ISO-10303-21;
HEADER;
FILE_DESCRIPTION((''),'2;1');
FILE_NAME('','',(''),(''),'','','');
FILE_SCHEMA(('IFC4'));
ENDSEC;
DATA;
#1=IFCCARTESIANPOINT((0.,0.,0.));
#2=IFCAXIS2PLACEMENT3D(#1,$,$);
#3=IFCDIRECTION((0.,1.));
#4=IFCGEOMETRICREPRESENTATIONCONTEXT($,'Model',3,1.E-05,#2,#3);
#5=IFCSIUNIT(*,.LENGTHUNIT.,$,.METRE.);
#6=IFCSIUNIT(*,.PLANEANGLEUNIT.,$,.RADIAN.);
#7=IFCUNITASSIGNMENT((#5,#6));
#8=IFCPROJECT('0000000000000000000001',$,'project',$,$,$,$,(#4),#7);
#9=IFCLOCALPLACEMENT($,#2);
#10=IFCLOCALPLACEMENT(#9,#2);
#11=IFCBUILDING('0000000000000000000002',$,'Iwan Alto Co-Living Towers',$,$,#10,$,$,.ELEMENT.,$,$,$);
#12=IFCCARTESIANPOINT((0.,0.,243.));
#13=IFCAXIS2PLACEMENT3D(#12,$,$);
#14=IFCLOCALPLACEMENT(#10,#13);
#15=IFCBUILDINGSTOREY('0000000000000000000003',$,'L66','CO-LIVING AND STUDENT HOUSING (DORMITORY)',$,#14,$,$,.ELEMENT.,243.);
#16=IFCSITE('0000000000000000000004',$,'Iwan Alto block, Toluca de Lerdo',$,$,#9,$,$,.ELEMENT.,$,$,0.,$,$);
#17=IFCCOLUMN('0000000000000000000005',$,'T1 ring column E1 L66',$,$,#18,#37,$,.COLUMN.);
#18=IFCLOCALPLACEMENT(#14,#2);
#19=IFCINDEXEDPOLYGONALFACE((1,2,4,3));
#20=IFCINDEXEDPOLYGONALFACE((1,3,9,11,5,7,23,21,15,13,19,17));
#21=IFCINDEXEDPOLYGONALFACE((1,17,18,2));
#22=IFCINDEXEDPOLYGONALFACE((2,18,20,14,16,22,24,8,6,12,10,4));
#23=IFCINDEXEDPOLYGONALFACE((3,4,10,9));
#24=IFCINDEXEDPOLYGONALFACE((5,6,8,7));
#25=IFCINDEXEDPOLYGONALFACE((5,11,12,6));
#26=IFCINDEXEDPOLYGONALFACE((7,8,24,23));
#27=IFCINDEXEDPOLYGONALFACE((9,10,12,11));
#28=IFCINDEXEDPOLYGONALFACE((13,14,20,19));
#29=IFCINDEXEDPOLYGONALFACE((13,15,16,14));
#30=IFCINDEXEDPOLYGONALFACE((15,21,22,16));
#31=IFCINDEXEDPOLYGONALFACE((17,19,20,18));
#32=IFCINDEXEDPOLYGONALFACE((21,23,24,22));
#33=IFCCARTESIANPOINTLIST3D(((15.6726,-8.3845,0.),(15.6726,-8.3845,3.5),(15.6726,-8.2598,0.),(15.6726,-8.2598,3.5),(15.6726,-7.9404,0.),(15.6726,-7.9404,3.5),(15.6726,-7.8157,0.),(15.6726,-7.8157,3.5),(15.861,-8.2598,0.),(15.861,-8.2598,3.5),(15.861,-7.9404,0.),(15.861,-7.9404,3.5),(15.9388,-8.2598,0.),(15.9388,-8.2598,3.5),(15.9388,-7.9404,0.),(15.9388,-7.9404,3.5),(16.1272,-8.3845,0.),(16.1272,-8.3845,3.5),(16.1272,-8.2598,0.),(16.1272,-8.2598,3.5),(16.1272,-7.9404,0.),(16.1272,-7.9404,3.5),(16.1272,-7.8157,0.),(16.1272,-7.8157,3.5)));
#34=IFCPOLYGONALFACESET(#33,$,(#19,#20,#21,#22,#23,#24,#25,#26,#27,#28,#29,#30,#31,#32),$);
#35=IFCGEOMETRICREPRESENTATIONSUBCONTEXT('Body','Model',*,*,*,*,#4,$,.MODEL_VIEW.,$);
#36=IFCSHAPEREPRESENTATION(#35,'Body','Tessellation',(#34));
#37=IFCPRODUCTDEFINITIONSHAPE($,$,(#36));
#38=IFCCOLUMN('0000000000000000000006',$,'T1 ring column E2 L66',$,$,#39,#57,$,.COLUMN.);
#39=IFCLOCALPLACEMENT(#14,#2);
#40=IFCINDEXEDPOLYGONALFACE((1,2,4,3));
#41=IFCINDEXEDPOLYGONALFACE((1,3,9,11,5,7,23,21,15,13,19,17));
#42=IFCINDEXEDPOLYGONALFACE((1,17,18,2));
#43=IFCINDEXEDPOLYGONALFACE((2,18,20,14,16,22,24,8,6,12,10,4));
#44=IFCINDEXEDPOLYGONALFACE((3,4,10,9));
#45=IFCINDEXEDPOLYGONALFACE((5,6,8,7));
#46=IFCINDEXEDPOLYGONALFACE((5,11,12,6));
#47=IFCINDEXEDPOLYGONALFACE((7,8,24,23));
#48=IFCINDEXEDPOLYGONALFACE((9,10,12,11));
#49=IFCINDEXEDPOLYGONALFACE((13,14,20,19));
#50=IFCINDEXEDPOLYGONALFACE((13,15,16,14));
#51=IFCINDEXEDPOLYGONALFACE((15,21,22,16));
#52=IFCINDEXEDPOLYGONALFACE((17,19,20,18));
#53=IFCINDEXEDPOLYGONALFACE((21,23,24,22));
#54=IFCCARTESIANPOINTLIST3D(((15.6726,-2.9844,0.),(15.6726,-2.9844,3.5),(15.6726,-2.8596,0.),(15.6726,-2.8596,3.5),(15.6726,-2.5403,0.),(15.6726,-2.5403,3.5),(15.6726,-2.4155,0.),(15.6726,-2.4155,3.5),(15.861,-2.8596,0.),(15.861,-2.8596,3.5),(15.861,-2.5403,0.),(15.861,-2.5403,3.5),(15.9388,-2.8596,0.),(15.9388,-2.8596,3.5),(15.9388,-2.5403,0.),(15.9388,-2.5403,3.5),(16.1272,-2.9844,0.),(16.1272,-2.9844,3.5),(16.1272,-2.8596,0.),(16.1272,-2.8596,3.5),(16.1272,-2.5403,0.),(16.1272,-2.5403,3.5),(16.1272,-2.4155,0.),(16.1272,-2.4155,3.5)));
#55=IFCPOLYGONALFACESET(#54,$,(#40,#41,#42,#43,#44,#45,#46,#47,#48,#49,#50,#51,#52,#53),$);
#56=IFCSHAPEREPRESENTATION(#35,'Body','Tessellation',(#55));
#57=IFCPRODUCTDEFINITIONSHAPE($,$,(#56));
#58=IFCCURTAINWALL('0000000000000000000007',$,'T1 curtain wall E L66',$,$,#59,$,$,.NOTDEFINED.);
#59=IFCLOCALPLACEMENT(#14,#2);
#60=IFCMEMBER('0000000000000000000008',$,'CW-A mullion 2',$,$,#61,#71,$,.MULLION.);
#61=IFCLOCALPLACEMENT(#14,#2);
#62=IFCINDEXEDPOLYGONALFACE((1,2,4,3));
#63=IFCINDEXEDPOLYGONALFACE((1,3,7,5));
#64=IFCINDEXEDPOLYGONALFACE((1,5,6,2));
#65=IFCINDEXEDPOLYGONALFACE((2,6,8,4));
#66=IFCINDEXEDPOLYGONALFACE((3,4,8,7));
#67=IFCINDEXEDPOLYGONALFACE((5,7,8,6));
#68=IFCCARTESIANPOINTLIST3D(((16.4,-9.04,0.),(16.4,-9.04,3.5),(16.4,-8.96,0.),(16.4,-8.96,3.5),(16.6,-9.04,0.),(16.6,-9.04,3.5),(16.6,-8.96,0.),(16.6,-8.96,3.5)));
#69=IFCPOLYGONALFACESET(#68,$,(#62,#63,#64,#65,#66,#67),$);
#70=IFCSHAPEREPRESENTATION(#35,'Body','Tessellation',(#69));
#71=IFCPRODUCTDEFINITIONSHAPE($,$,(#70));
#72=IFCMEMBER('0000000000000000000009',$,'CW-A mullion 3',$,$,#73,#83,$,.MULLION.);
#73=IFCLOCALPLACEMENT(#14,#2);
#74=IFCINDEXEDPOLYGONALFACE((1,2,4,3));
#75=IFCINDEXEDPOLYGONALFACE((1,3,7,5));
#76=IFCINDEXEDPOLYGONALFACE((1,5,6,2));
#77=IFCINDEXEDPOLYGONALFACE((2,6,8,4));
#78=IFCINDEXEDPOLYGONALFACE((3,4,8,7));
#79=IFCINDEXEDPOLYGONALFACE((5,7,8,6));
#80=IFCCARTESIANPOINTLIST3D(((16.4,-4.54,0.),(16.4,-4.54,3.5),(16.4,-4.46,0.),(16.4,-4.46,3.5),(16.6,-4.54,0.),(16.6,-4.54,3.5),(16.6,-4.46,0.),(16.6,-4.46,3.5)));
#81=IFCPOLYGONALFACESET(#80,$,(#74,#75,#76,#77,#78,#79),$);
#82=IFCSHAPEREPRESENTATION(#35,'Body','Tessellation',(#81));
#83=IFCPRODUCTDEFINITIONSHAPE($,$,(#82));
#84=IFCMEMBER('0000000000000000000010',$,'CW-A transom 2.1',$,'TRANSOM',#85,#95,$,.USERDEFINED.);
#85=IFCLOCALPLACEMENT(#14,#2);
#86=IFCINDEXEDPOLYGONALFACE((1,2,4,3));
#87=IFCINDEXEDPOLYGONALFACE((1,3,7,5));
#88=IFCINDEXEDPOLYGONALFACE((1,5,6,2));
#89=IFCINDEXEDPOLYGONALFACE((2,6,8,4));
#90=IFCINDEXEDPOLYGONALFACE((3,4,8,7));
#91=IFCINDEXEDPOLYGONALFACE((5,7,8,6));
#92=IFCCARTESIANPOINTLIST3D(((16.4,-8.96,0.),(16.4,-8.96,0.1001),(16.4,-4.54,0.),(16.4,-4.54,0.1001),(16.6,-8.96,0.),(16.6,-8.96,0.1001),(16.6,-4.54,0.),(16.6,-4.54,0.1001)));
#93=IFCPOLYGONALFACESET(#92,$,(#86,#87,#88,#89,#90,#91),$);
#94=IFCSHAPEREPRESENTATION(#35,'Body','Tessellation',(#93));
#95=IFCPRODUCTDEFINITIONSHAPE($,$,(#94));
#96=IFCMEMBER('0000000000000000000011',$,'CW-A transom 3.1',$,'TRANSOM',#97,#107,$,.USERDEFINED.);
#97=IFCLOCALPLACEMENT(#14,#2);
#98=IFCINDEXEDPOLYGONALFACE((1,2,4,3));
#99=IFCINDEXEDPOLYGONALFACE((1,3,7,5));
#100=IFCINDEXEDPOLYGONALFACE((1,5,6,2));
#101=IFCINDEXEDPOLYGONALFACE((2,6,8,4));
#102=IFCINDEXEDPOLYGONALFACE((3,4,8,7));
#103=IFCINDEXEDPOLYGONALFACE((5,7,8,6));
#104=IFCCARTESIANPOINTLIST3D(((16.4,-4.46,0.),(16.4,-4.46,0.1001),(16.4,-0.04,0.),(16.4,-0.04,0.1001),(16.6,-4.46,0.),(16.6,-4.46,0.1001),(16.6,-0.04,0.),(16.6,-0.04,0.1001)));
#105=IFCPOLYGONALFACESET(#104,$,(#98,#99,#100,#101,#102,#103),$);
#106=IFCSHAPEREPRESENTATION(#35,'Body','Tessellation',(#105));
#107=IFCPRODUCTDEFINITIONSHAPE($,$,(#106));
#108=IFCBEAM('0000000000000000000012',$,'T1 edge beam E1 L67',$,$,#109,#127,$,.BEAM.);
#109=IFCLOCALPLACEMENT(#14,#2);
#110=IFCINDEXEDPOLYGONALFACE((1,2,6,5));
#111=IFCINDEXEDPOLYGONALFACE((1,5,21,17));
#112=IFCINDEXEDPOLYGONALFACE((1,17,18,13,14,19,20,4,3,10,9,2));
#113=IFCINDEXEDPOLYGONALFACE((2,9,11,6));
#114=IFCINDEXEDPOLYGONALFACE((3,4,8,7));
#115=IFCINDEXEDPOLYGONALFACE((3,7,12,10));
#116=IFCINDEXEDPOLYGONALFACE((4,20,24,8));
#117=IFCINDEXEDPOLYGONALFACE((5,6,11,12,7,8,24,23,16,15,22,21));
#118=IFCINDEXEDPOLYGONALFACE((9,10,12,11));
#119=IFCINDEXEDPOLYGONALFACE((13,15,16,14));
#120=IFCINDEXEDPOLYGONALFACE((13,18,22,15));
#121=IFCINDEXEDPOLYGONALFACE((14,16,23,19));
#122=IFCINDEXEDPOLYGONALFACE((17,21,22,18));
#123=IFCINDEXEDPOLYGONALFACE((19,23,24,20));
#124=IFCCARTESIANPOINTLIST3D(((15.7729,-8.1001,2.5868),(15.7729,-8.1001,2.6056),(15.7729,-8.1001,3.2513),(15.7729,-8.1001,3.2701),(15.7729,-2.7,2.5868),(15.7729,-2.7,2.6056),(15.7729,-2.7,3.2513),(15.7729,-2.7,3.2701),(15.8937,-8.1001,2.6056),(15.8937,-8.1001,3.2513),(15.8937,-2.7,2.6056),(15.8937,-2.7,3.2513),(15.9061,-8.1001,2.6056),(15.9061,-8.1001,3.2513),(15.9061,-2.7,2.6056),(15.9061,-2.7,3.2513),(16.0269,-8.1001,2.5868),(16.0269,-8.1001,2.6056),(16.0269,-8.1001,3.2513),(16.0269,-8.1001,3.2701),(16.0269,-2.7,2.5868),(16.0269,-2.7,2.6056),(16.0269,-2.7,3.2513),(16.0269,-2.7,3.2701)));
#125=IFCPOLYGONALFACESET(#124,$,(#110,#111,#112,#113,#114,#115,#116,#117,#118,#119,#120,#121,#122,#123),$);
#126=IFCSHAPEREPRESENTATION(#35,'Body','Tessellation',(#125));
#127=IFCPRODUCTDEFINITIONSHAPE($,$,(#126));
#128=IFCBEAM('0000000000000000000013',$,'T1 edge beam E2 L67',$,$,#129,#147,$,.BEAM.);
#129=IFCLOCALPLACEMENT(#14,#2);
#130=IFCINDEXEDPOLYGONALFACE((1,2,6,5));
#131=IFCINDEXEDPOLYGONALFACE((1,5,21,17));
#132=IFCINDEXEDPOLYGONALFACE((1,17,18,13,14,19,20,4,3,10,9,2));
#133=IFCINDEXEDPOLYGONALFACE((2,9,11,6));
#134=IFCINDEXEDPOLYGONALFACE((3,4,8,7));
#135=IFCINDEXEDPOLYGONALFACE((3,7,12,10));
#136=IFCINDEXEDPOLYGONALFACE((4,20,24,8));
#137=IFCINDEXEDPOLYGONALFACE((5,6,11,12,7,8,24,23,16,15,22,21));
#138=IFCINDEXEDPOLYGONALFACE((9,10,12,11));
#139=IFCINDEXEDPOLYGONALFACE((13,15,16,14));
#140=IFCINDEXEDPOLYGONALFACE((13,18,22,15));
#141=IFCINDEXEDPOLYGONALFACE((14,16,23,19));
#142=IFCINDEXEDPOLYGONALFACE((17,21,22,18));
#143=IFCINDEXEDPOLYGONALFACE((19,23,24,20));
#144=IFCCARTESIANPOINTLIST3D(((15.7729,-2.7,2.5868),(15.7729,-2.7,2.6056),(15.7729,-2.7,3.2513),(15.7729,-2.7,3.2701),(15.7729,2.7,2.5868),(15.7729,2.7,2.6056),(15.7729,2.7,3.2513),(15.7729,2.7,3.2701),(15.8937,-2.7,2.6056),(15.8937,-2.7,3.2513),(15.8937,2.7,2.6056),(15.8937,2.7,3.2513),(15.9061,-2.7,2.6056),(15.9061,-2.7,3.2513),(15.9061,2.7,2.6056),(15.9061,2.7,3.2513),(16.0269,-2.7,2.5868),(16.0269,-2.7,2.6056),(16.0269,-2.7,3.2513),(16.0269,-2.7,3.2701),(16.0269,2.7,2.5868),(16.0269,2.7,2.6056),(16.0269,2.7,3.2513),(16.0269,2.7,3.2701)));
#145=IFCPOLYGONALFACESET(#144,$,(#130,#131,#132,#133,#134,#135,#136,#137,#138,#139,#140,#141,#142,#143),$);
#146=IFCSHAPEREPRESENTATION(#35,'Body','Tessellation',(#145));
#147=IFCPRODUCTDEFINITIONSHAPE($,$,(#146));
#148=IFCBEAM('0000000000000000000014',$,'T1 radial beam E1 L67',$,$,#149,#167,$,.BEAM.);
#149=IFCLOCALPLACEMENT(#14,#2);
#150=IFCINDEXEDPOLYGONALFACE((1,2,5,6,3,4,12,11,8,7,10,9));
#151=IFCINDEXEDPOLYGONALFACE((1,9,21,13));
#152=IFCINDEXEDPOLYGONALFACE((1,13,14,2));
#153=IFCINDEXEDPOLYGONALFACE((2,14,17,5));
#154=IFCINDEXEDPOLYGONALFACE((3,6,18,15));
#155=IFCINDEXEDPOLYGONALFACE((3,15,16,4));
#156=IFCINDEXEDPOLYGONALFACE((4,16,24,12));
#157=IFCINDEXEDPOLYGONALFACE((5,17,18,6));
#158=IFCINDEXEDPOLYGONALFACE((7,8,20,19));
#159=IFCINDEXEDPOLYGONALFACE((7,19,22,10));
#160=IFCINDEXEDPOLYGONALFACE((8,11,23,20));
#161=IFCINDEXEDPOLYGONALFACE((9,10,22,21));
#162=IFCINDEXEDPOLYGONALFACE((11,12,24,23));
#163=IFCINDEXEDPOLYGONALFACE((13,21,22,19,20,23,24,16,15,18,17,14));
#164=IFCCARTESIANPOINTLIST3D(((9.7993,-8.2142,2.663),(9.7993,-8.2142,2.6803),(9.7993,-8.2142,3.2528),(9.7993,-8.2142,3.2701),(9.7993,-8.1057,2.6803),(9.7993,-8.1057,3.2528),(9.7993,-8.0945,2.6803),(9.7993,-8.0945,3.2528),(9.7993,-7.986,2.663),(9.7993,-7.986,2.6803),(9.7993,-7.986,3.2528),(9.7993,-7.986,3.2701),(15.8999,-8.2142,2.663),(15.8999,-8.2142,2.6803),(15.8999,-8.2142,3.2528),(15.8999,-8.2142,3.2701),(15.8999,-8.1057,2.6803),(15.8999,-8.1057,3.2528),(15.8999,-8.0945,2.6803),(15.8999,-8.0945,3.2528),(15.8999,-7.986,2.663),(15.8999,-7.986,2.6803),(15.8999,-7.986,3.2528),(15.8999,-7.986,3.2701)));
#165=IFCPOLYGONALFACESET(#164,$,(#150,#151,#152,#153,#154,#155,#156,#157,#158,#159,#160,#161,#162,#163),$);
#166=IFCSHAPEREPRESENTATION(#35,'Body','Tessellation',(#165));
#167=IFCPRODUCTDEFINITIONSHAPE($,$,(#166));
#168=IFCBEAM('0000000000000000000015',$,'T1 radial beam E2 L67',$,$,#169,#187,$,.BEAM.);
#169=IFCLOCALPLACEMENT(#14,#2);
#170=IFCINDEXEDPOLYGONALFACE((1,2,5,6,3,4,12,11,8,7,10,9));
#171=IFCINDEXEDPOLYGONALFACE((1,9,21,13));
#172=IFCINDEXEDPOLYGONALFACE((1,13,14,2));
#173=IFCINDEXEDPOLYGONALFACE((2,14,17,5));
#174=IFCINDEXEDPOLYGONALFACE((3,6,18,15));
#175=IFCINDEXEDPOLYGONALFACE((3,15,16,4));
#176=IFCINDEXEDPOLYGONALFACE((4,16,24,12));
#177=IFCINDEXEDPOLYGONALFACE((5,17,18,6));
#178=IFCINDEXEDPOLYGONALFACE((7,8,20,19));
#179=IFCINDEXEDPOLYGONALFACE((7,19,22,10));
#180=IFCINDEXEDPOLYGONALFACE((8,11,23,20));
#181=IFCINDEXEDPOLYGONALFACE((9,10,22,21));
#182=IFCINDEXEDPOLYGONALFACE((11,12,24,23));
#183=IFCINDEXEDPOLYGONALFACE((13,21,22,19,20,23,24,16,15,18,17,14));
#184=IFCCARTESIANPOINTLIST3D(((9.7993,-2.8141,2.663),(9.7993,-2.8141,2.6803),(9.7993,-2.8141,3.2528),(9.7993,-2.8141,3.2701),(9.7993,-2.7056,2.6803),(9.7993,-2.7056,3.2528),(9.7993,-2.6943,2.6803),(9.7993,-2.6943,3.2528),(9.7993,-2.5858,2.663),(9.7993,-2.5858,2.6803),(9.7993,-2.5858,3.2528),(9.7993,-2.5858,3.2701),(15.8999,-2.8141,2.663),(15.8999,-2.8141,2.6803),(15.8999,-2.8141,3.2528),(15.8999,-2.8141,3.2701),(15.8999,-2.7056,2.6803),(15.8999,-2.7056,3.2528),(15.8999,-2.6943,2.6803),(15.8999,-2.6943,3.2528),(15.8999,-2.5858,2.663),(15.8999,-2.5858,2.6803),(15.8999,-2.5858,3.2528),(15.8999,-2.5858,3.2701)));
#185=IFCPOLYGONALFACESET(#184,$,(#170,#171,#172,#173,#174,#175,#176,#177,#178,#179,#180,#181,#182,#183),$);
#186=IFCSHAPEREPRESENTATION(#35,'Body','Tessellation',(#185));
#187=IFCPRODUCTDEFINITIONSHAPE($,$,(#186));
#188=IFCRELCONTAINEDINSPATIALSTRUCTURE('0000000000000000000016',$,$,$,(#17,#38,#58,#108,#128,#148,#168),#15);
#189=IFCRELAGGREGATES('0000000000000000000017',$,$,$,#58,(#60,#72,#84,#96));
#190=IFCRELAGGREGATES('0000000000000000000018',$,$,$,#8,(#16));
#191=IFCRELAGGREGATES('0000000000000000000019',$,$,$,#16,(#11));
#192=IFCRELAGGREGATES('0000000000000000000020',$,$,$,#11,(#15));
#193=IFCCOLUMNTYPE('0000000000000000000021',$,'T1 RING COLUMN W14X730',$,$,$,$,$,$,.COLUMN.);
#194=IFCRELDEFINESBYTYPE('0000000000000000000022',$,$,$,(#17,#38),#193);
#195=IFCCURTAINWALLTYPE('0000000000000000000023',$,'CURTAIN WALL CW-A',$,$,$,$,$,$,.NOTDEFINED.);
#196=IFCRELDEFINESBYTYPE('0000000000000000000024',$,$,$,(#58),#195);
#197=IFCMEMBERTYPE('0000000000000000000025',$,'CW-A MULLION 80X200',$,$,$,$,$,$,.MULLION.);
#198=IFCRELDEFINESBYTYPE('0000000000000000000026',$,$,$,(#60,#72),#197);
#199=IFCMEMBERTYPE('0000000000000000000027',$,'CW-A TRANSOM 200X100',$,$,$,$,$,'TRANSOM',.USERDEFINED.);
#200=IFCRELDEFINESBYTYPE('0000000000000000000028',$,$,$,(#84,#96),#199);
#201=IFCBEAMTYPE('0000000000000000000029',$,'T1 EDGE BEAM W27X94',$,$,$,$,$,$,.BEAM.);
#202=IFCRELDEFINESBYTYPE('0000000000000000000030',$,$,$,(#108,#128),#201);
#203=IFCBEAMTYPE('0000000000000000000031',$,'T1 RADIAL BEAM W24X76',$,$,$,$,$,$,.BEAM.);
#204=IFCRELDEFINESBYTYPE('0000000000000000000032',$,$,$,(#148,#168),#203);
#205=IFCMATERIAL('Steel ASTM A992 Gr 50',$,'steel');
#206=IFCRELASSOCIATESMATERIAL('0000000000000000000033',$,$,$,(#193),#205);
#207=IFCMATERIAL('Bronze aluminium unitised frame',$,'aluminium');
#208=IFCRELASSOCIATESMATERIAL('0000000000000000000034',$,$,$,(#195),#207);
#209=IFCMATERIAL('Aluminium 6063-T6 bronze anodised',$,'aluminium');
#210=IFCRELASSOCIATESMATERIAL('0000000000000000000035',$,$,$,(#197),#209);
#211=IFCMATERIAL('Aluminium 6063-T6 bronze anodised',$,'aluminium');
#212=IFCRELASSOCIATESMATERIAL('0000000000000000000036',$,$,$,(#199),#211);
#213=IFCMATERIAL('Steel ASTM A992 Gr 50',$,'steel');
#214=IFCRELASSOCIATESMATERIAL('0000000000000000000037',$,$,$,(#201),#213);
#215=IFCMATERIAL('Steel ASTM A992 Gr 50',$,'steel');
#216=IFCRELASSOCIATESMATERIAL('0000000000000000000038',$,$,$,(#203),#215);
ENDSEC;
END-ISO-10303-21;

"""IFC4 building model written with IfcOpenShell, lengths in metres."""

from ifc_helpers import new_model, si_unit, direction, frame, origin, origin_2d, place, context, subcontext, project, spatial, rectangle, i_section, extrude, material, material_profile, profile_set, type_object, element, aggregate, save


model = new_model("IFC4")

# Units and contexts
model_context = context("Model", 3, precision=1e-05, world=origin(), true_north=direction((0.0, 1.0)))
body_context = subcontext(model_context, "Body", "Model", "MODEL_VIEW")
ifc_project = project(units=[si_unit("LENGTHUNIT", "METRE"), si_unit("PLANEANGLEUNIT", "RADIAN")], contexts=[model_context])

# Site, building, storey
site_placement = place(None, origin())
site = spatial("IfcSite", under=ifc_project, at=site_placement, Name="Iwan Alto block, Toluca de Lerdo", CompositionType="ELEMENT", RefElevation=0.0)
building_placement = place(site_placement, origin())
building = spatial("IfcBuilding", under=site, at=building_placement, Name="Iwan Alto Co-Living Towers", CompositionType="ELEMENT")
storey_placement = place(building_placement, frame((0.0, 0.0, 243.0)))
storey = spatial("IfcBuildingStorey", under=building, at=storey_placement, Name="L66", Description="CO-LIVING AND STUDENT HOUSING (DORMITORY)", CompositionType="ELEMENT", Elevation=243.0)

# Columns
ifc_material_1 = material(Name="Steel ASTM A992 Gr 50", Category="steel")
ifc_material_profile_1 = material_profile(ifc_material_1, i_section(OverallWidth=0.4546, OverallDepth=0.5688, WebThickness=0.0779, FlangeThickness=0.1248, at=origin_2d()), Name="W14X730")
ifc_profile_set_1 = profile_set([ifc_material_profile_1], Name="Steel ASTM A992 Gr 50")
column_type = type_object("IfcColumnType", Name="T1 RING COLUMN W14X730", PredefinedType="COLUMN", material=ifc_profile_set_1)
for number, where, z_axis, x_axis, name in (
    (1, (15.8999, -8.1001, 0.0), (0.0, 0.0, 1.0), (1.0, 0.0, 0.0), "T1 ring column E1 L66"),
    (2, (15.8999, -2.7, 0.0), (0.0, 0.0, 1.0), (1.0, 0.0, 0.0), "T1 ring column E2 L66"),
):
    element("IfcColumn", number, at=place(storey_placement, frame(where, z_axis=z_axis, x_axis=x_axis)), inside=storey, type_object=column_type, Name=name, PredefinedType="COLUMN", context=body_context, shape_type="SweptSolid", body=[
        extrude(i_section(OverallWidth=0.4546, OverallDepth=0.5688, WebThickness=0.0779, FlangeThickness=0.1248, at=origin_2d()), origin(), (0.0, 0.0, 1.0), 3.5),
    ])

# Curtain wall, members
ifc_material_2 = material(Name="Bronze aluminium unitised frame", Category="aluminium")
curtain_wall_type = type_object("IfcCurtainWallType", Name="CURTAIN WALL CW-A", PredefinedType="NOTDEFINED", material=ifc_material_2)
curtain_wall_placement = place(storey_placement, origin())
curtain_wall = element("IfcCurtainWall", 3, at=curtain_wall_placement, inside=storey, type_object=curtain_wall_type, Name="T1 curtain wall E L66", PredefinedType="NOTDEFINED")
ifc_material_3 = material(Name="Aluminium 6063-T6 bronze anodised", Category="aluminium")
ifc_material_profile_2 = material_profile(ifc_material_3, rectangle(XDim=0.2, YDim=0.0801, at=origin_2d()), Name="AL 80X200")
ifc_profile_set_2 = profile_set([ifc_material_profile_2], Name="Aluminium 6063-T6 bronze anodised")
member_type_1 = type_object("IfcMemberType", Name="CW-A MULLION 80X200", PredefinedType="MULLION", material=ifc_profile_set_2)
member_1_placement = place(storey_placement, frame((16.5, -9.0, 0.0), z_axis=(0.0, 0.0, 1.0), x_axis=(-1.0, 0.0, 0.0)))
member_1 = element("IfcMember", 4, at=member_1_placement, type_object=member_type_1, Name="CW-A mullion 2", PredefinedType="MULLION", context=body_context, shape_type="SweptSolid", body=[
    extrude(rectangle(XDim=0.2, YDim=0.0801, at=origin_2d()), origin(), (0.0, 0.0, 1.0), 3.5),
])
member_2_placement = place(storey_placement, frame((16.5, -4.5, 0.0), z_axis=(0.0, 0.0, 1.0), x_axis=(-1.0, 0.0, 0.0)))
member_2 = element("IfcMember", 5, at=member_2_placement, type_object=member_type_1, Name="CW-A mullion 3", PredefinedType="MULLION", context=body_context, shape_type="SweptSolid", body=[
    extrude(rectangle(XDim=0.2, YDim=0.0801, at=origin_2d()), origin(), (0.0, 0.0, 1.0), 3.5),
])
ifc_material_4 = material(Name="Aluminium 6063-T6 bronze anodised", Category="aluminium")
ifc_material_profile_3 = material_profile(ifc_material_4, rectangle(XDim=0.2, YDim=0.1001, at=origin_2d()), Name="AL 200X100")
ifc_profile_set_3 = profile_set([ifc_material_profile_3], Name="Aluminium 6063-T6 bronze anodised")
member_type_2 = type_object("IfcMemberType", Name="CW-A TRANSOM 200X100", ElementType="TRANSOM", PredefinedType="USERDEFINED", material=ifc_profile_set_3)
member_3_placement = place(storey_placement, frame((16.5, -8.96, 0.05), z_axis=(0.0, 1.0, 0.0), x_axis=(-1.0, 0.0, 0.0)))
member_3 = element("IfcMember", 6, at=member_3_placement, type_object=member_type_2, Name="CW-A transom 2.1", ObjectType="TRANSOM", PredefinedType="USERDEFINED", context=body_context, shape_type="SweptSolid", body=[
    extrude(rectangle(XDim=0.2, YDim=0.1001, at=origin_2d()), origin(), (0.0, 0.0, 1.0), 4.4199),
])
member_4_placement = place(storey_placement, frame((16.5, -4.46, 0.05), z_axis=(0.0, 1.0, 0.0), x_axis=(-1.0, 0.0, 0.0)))
member_4 = element("IfcMember", 7, at=member_4_placement, type_object=member_type_2, Name="CW-A transom 3.1", ObjectType="TRANSOM", PredefinedType="USERDEFINED", context=body_context, shape_type="SweptSolid", body=[
    extrude(rectangle(XDim=0.2, YDim=0.1001, at=origin_2d()), origin(), (0.0, 0.0, 1.0), 4.4199),
])

# Beams
ifc_material_5 = material(Name="Steel ASTM A992 Gr 50", Category="steel")
ifc_material_profile_4 = material_profile(ifc_material_5, i_section(OverallWidth=0.2539, OverallDepth=0.6833, WebThickness=0.0125, FlangeThickness=0.0188, at=origin_2d()), Name="W27X94")
ifc_profile_set_4 = profile_set([ifc_material_profile_4], Name="Steel ASTM A992 Gr 50")
beam_type_1 = type_object("IfcBeamType", Name="T1 EDGE BEAM W27X94", PredefinedType="BEAM", material=ifc_profile_set_4)
beam_1_placement = place(storey_placement, frame((15.8999, -8.1001, 2.9285), z_axis=(0.0, 1.0, 0.0), x_axis=(-1.0, 0.0, 0.0)))
element("IfcBeam", 8, at=beam_1_placement, inside=storey, type_object=beam_type_1, Name="T1 edge beam E1 L67", PredefinedType="BEAM", context=body_context, shape_type="SweptSolid", body=[
    extrude(i_section(OverallWidth=0.2539, OverallDepth=0.6833, WebThickness=0.0125, FlangeThickness=0.0188, at=origin_2d()), origin(), (0.0, 0.0, 1.0), 5.4001),
])
beam_2_placement = place(storey_placement, frame((15.8999, -2.7, 2.9285), z_axis=(0.0, 1.0, 0.0), x_axis=(-1.0, 0.0, 0.0)))
element("IfcBeam", 9, at=beam_2_placement, inside=storey, type_object=beam_type_1, Name="T1 edge beam E2 L67", PredefinedType="BEAM", context=body_context, shape_type="SweptSolid", body=[
    extrude(i_section(OverallWidth=0.2539, OverallDepth=0.6833, WebThickness=0.0125, FlangeThickness=0.0188, at=origin_2d()), origin(), (0.0, 0.0, 1.0), 5.3999),
])
ifc_material_6 = material(Name="Steel ASTM A992 Gr 50", Category="steel")
ifc_material_profile_5 = material_profile(ifc_material_6, i_section(OverallWidth=0.2283, OverallDepth=0.6072, WebThickness=0.0112, FlangeThickness=0.0173, at=origin_2d()), Name="W24X76")
ifc_profile_set_5 = profile_set([ifc_material_profile_5], Name="Steel ASTM A992 Gr 50")
beam_type_2 = type_object("IfcBeamType", Name="T1 RADIAL BEAM W24X76", PredefinedType="BEAM", material=ifc_profile_set_5)
for number, where, z_axis, x_axis, name in (
    (10, (15.8999, -8.1001, 2.9666), (-1.0, 0.0, 0.0), (0.0, -1.0, 0.0), "T1 radial beam E1 L67"),
    (11, (15.8999, -2.7, 2.9666), (-1.0, 0.0, 0.0), (0.0, -1.0, 0.0), "T1 radial beam E2 L67"),
):
    element("IfcBeam", number, at=place(storey_placement, frame(where, z_axis=z_axis, x_axis=x_axis)), inside=storey, type_object=beam_type_2, Name=name, PredefinedType="BEAM", context=body_context, shape_type="SweptSolid", body=[
        extrude(i_section(OverallWidth=0.2283, OverallDepth=0.6072, WebThickness=0.0112, FlangeThickness=0.0173, at=origin_2d()), origin(), (0.0, 0.0, 1.0), 6.1006),
    ])

aggregate(curtain_wall, [member_1, member_2, member_3, member_4])

save(model, "model.ifc")
